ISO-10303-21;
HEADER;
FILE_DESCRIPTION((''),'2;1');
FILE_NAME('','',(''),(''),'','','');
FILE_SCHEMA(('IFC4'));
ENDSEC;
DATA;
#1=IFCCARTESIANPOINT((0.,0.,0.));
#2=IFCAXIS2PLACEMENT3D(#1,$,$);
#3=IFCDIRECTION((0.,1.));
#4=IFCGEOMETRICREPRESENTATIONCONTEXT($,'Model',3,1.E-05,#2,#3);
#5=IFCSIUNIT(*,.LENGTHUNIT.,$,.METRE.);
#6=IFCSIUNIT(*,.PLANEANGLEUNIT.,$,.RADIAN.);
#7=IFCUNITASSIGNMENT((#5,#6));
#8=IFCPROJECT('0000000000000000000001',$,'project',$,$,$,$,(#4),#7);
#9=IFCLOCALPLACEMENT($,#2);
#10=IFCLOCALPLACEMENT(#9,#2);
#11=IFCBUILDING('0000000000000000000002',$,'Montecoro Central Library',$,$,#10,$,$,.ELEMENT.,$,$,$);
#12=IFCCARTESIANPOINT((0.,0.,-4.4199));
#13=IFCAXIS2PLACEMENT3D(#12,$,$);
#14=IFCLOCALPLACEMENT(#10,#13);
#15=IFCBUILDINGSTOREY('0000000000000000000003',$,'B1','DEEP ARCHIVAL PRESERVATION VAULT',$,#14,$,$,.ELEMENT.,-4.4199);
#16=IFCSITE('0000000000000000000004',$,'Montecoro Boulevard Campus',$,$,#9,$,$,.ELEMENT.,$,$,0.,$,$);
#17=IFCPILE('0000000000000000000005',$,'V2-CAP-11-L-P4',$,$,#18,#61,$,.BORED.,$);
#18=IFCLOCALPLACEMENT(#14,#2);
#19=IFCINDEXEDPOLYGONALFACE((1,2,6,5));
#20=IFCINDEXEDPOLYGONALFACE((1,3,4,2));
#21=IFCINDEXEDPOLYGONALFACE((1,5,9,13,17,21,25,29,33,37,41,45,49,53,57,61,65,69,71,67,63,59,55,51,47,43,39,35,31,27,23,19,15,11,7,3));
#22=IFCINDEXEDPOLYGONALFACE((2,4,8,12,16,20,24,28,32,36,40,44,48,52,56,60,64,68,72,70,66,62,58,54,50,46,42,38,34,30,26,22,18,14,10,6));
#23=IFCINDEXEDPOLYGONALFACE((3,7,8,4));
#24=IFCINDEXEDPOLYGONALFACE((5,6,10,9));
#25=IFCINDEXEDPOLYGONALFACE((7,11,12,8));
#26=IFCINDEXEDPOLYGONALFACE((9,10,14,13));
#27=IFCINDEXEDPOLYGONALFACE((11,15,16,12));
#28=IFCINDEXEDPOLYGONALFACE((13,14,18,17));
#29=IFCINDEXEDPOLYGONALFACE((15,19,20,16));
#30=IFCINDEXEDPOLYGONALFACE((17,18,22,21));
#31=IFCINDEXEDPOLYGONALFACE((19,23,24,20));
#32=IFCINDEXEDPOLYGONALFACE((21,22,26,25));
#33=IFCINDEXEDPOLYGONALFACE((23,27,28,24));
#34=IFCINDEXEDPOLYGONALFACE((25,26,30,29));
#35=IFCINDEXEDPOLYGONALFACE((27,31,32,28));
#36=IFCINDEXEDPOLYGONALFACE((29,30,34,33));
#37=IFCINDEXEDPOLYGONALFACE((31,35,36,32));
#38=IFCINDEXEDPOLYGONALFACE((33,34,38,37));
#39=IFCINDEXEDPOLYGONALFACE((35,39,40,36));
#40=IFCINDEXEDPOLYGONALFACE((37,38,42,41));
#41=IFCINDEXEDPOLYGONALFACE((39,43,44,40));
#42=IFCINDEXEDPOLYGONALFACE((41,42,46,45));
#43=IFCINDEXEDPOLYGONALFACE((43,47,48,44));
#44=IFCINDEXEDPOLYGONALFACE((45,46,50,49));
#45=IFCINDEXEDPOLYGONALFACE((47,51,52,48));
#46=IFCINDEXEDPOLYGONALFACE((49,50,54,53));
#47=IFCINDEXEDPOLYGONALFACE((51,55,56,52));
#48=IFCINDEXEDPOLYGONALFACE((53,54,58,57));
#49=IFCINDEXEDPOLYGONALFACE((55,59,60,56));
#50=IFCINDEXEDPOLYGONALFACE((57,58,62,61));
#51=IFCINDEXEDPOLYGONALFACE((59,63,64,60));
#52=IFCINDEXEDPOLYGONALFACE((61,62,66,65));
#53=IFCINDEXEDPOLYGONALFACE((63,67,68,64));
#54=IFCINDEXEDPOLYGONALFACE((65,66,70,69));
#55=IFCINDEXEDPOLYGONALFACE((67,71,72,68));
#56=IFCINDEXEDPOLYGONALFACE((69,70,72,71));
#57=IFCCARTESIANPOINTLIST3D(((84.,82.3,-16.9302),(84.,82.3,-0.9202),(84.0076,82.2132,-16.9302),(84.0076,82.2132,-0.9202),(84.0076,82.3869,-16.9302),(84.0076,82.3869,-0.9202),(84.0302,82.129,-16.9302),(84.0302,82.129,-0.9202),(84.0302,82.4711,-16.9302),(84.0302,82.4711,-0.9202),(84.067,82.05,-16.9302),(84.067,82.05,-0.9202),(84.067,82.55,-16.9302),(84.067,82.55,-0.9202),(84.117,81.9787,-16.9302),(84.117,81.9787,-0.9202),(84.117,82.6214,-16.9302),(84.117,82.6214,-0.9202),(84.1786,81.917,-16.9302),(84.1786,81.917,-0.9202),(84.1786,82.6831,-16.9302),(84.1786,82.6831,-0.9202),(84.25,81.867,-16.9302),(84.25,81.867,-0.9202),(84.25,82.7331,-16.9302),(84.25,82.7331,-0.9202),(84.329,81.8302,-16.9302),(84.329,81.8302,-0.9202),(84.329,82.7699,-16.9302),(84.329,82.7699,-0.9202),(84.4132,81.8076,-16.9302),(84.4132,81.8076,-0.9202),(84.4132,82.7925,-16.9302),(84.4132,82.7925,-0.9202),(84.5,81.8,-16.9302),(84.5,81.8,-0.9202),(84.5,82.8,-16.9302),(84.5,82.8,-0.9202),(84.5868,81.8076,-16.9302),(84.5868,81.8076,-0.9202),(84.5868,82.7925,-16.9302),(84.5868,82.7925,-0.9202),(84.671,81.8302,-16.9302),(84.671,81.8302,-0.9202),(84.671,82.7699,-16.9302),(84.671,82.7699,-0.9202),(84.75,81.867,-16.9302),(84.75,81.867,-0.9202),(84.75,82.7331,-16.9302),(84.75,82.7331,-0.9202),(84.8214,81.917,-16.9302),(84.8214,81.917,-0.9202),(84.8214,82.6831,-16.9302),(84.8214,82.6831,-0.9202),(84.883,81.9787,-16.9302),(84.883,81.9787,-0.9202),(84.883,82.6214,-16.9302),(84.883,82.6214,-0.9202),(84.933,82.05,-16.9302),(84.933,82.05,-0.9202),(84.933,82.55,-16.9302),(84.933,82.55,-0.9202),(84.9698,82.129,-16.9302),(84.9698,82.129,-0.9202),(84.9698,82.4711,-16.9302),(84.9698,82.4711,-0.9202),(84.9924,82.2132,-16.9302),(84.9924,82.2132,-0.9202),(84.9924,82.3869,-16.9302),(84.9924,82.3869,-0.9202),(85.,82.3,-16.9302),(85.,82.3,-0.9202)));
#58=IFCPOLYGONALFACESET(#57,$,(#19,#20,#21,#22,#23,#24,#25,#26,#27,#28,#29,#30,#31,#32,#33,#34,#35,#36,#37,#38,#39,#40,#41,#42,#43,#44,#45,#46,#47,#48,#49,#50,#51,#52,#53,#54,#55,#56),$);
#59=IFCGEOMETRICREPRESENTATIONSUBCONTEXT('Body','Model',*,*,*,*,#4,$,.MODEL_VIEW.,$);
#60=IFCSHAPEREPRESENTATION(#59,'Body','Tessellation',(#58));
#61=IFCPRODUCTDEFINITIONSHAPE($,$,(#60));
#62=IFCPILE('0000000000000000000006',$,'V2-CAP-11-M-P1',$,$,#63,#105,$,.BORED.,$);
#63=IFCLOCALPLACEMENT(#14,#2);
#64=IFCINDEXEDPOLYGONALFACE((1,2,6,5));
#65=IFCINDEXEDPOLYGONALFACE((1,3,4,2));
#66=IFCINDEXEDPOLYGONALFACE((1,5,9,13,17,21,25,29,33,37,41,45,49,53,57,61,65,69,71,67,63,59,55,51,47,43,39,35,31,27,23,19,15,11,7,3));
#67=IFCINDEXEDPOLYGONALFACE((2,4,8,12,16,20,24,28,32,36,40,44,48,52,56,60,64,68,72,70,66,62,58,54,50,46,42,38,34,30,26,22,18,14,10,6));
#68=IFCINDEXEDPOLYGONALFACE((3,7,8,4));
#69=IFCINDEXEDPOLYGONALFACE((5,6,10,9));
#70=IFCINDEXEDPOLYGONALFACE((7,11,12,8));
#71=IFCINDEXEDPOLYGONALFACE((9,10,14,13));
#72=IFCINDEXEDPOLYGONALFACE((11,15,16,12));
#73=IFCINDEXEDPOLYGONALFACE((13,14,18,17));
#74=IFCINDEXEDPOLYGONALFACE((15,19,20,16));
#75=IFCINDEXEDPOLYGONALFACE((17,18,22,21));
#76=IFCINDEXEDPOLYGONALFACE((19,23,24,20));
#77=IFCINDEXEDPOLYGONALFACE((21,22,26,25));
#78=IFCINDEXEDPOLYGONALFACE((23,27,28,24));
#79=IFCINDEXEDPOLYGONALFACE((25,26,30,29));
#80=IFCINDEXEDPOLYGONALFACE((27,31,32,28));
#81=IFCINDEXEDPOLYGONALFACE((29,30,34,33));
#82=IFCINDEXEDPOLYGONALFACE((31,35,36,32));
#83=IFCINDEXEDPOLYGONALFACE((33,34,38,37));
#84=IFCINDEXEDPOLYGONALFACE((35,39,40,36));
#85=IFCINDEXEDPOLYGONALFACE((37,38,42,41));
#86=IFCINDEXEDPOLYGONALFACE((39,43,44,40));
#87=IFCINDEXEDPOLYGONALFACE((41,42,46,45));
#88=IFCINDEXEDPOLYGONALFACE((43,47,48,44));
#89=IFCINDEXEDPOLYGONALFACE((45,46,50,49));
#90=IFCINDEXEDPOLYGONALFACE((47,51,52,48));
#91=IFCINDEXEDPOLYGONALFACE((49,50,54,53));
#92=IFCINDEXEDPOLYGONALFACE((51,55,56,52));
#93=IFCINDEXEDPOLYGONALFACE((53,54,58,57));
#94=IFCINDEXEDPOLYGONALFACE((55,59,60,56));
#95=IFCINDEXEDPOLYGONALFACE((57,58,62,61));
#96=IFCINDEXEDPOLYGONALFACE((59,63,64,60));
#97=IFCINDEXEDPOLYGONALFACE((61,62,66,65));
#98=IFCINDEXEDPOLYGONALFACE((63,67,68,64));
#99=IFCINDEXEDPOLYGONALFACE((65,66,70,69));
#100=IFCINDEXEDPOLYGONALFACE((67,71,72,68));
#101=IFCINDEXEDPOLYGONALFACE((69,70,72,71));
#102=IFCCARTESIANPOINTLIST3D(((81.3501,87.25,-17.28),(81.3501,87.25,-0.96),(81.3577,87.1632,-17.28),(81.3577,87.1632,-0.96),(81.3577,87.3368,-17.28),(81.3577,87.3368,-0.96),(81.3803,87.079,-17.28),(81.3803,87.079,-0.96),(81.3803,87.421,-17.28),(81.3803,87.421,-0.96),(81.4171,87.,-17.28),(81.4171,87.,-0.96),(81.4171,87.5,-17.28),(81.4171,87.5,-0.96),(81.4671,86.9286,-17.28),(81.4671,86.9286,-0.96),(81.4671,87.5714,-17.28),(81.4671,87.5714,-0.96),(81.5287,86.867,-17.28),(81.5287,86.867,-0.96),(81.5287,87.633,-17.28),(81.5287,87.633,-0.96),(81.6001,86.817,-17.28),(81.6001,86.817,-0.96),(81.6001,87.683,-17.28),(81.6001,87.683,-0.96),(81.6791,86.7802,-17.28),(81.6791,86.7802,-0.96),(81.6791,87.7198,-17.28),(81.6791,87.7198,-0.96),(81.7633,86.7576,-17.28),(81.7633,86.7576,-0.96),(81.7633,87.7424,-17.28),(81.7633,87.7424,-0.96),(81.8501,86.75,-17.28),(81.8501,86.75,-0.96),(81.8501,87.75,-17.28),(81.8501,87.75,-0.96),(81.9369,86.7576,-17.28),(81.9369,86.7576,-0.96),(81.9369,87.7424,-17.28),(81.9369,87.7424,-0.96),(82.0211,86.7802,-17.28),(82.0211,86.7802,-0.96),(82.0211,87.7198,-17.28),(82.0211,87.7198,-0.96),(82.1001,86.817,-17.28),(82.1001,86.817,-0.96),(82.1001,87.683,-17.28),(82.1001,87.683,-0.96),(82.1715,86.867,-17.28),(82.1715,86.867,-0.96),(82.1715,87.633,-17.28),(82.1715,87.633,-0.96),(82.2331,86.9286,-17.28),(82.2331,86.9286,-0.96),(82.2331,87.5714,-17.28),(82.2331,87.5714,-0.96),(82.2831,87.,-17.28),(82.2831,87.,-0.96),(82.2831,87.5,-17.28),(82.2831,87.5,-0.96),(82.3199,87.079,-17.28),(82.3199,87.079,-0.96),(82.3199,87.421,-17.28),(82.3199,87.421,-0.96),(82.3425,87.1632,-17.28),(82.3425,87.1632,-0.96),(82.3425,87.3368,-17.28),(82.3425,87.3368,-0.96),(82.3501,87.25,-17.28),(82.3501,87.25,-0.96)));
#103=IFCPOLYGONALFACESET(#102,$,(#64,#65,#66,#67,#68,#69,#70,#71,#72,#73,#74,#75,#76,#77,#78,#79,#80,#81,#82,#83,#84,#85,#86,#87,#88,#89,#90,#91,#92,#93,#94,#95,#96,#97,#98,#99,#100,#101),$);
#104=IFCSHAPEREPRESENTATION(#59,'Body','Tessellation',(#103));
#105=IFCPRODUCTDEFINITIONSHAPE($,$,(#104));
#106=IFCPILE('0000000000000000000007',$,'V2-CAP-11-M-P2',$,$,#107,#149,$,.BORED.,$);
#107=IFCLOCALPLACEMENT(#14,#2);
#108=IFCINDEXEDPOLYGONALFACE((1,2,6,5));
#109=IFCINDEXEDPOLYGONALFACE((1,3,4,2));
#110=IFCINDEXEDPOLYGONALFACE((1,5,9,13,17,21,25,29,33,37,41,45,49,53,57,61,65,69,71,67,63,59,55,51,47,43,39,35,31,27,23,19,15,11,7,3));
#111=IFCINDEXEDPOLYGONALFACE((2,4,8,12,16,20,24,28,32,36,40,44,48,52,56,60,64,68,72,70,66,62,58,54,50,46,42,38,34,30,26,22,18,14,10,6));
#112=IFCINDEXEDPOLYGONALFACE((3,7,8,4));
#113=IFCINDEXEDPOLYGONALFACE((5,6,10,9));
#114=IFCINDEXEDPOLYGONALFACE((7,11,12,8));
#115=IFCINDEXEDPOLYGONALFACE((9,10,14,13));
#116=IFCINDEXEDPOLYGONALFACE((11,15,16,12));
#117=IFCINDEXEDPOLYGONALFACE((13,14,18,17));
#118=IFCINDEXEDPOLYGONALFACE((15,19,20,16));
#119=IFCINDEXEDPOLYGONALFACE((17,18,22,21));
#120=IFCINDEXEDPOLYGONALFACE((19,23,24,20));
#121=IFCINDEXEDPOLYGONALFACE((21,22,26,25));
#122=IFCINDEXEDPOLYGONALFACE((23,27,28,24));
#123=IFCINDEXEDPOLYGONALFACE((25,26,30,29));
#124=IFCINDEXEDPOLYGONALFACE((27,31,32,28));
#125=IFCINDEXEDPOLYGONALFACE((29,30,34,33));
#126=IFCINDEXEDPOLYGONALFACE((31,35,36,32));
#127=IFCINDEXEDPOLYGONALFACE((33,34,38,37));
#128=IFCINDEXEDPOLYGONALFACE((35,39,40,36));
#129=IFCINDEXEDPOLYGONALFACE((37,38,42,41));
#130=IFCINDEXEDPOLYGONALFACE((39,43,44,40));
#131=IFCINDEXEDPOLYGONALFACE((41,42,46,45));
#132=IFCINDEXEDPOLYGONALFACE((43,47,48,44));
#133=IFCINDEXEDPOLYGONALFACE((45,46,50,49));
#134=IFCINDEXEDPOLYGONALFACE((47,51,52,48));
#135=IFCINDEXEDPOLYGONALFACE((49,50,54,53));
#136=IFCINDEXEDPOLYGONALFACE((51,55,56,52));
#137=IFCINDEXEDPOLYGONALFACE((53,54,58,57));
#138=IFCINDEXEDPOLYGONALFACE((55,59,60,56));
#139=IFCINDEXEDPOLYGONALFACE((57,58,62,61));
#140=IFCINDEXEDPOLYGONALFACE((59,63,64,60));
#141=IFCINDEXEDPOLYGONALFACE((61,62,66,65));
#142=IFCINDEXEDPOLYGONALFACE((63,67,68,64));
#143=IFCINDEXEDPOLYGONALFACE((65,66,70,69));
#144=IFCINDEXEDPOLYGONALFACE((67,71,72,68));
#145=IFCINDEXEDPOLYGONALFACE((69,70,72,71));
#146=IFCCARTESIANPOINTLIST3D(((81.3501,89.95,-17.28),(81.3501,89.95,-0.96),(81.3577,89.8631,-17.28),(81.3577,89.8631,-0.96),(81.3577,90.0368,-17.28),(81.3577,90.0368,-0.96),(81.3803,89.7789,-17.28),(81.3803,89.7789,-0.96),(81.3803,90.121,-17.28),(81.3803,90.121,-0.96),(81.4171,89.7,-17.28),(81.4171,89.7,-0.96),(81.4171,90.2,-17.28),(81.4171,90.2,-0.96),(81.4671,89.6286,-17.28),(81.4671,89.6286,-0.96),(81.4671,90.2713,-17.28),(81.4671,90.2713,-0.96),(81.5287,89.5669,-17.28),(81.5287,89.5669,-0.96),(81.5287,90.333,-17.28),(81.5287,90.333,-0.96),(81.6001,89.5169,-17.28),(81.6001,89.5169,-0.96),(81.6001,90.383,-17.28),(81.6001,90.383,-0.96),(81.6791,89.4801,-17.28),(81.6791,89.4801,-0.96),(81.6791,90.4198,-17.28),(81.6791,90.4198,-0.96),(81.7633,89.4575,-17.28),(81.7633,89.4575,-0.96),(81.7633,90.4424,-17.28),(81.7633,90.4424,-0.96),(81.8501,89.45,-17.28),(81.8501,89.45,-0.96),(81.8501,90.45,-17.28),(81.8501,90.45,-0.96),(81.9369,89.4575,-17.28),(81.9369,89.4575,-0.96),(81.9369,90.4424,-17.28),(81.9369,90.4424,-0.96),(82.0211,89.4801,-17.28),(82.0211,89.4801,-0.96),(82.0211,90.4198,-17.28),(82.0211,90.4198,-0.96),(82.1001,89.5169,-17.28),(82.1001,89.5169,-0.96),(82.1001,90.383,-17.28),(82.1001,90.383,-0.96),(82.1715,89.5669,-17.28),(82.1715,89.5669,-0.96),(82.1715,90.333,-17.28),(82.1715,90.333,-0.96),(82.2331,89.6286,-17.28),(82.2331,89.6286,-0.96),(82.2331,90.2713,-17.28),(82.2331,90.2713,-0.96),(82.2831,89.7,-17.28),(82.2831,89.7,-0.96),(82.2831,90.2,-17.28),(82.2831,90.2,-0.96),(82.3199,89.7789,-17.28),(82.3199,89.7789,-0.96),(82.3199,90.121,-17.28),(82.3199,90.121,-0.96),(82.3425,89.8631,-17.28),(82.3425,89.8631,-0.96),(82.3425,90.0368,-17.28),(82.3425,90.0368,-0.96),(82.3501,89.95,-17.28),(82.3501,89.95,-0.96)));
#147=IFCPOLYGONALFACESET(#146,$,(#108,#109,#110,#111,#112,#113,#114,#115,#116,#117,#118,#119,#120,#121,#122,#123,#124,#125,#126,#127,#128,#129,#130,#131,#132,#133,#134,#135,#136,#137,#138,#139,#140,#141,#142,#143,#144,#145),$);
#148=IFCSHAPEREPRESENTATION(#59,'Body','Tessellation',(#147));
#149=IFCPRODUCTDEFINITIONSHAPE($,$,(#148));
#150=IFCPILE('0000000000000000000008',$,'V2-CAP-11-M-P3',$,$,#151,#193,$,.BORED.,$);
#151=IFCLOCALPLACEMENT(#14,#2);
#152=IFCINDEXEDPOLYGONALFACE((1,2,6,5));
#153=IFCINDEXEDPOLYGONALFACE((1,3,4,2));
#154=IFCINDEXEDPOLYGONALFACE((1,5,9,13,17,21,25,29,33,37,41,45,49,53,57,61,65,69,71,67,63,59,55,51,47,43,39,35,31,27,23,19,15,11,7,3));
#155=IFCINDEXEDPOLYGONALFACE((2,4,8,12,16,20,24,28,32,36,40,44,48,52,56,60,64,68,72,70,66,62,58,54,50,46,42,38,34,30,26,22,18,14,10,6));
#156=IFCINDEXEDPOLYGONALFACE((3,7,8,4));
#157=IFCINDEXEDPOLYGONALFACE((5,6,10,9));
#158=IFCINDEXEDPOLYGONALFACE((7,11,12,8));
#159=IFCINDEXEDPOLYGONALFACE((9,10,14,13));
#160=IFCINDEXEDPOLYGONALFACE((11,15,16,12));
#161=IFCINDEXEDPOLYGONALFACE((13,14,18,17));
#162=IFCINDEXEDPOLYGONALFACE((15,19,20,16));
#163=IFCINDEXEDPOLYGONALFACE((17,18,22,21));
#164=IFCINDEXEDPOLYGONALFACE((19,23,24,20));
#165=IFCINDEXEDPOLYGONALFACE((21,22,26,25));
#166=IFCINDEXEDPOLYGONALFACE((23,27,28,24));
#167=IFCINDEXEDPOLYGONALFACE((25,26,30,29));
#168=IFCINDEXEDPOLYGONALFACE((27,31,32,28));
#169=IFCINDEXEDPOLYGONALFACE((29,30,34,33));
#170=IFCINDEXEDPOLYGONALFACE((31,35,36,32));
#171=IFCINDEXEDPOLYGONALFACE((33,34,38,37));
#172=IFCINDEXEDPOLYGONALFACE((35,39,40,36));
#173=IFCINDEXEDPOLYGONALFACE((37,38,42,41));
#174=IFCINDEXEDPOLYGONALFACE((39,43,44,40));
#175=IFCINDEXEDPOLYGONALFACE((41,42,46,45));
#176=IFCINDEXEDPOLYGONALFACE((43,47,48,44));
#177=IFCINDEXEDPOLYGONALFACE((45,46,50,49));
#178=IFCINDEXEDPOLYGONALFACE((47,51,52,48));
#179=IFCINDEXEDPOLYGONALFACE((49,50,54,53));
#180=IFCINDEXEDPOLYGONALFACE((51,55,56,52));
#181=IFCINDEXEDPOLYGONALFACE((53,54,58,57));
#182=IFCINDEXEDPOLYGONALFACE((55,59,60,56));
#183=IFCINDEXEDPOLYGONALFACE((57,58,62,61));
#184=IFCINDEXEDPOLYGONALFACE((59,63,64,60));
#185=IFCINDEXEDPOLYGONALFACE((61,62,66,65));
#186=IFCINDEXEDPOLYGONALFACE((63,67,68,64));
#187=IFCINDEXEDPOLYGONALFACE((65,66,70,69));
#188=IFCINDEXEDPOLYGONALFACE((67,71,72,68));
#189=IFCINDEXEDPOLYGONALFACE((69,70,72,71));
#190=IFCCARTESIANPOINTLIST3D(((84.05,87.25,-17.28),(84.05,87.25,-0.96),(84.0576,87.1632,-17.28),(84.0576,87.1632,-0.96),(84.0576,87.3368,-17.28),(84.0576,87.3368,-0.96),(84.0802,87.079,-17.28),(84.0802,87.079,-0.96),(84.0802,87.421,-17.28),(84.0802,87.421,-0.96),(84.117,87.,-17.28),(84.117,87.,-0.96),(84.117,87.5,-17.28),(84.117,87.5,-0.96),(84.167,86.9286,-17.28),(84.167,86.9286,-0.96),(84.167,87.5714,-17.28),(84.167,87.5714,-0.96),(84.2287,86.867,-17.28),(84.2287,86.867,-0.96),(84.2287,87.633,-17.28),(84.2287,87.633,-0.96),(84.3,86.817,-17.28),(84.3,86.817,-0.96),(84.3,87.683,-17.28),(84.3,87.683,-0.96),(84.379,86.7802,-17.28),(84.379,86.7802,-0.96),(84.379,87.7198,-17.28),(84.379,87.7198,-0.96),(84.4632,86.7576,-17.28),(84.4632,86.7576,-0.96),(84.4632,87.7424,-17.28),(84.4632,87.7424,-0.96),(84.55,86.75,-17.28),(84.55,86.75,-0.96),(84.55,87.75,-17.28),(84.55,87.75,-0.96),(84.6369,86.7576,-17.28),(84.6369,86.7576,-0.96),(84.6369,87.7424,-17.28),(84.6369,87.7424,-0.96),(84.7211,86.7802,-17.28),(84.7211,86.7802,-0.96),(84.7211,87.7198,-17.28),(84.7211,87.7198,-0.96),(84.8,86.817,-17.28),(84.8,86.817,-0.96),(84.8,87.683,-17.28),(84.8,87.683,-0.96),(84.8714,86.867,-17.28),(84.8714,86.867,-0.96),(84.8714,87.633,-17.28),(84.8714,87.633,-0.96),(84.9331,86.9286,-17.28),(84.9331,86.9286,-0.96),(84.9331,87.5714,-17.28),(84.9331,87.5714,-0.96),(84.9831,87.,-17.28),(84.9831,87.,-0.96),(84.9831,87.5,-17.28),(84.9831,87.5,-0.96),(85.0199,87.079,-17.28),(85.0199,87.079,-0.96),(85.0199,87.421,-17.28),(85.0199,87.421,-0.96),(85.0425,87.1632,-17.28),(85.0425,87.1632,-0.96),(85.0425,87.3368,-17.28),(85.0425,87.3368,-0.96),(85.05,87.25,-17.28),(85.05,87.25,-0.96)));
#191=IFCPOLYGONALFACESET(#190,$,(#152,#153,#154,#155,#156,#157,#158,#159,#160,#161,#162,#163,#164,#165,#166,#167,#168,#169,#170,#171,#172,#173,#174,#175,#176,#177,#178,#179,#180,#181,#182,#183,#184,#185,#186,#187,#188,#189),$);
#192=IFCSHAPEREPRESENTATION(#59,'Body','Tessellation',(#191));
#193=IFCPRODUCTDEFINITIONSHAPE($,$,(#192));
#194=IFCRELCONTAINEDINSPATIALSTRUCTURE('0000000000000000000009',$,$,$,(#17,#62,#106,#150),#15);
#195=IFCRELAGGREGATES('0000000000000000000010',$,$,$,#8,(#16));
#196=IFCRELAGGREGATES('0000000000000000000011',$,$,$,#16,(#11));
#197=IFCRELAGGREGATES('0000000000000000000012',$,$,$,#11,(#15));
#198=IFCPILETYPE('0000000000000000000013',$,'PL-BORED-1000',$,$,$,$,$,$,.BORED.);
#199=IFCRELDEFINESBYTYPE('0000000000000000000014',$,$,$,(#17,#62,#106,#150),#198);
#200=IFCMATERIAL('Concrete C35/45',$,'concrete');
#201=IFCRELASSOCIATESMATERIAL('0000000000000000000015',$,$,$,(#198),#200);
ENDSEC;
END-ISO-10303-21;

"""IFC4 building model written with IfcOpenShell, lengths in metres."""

from ifc_helpers import new_model, si_unit, direction, frame, origin, origin_2d, place, context, subcontext, project, spatial, circle, extrude, material, material_profile, profile_set, type_object, element, save


model = new_model("IFC4")

# Units and contexts
model_context = context("Model", 3, precision=1e-05, world=origin(), true_north=direction((0.0, 1.0)))
body_context = subcontext(model_context, "Body", "Model", "MODEL_VIEW")
ifc_project = project(units=[si_unit("LENGTHUNIT", "METRE"), si_unit("PLANEANGLEUNIT", "RADIAN")], contexts=[model_context])

# Site, building, storey
site_placement = place(None, origin())
site = spatial("IfcSite", under=ifc_project, at=site_placement, Name="Montecoro Boulevard Campus", CompositionType="ELEMENT", RefElevation=0.0)
building_placement = place(site_placement, origin())
building = spatial("IfcBuilding", under=site, at=building_placement, Name="Montecoro Central Library", CompositionType="ELEMENT")
storey_placement = place(building_placement, frame((0.0, 0.0, -4.4199)))
storey = spatial("IfcBuildingStorey", under=building, at=storey_placement, Name="B1", Description="DEEP ARCHIVAL PRESERVATION VAULT", CompositionType="ELEMENT", Elevation=-4.4199)

# Shared definitions
ifc_material_1 = material(Name="Concrete C35/45", Category="concrete")

# Piles
ifc_material_profile_1 = material_profile(ifc_material_1, circle(Radius=0.5, at=origin_2d()), Name="PILE D1000")
ifc_profile_set_1 = profile_set([ifc_material_profile_1], Name="Concrete C35/45")
pile_type_1 = type_object("IfcPileType", Name="PL-BORED-1000", PredefinedType="BORED", material=ifc_profile_set_1)
for number, where, z_axis, x_axis, name in (
    (1, (84.5, 82.3, -0.9202), (0.0, 0.0, -1.0), (1.0, 0.0, 0.0), "V2-CAP-11-L-P4"),
):
    element("IfcPile", number, at=place(storey_placement, frame(where, z_axis=z_axis, x_axis=x_axis)), inside=storey, type_object=pile_type_1, Name=name, PredefinedType="BORED", context=body_context, shape_type="SweptSolid", body=[
        extrude(circle(Radius=0.5, at=origin_2d()), origin(), (0.0, 0.0, 1.0), 16.01),
    ])
for number, where, z_axis, x_axis, name in (
    (2, (81.8501, 87.25, -0.96), (0.0, 0.0, -1.0), (1.0, 0.0, 0.0), "V2-CAP-11-M-P1"),
    (3, (81.8501, 89.95, -0.96), (0.0, 0.0, -1.0), (1.0, 0.0, 0.0), "V2-CAP-11-M-P2"),
    (4, (84.55, 87.25, -0.96), (0.0, 0.0, -1.0), (1.0, 0.0, 0.0), "V2-CAP-11-M-P3"),
):
    element("IfcPile", number, at=place(storey_placement, frame(where, z_axis=z_axis, x_axis=x_axis)), inside=storey, type_object=pile_type_1, Name=name, PredefinedType="BORED", context=body_context, shape_type="SweptSolid", body=[
        extrude(circle(Radius=0.5, at=origin_2d()), origin(), (0.0, 0.0, 1.0), 16.3201),
    ])

save(model, "model.ifc")
